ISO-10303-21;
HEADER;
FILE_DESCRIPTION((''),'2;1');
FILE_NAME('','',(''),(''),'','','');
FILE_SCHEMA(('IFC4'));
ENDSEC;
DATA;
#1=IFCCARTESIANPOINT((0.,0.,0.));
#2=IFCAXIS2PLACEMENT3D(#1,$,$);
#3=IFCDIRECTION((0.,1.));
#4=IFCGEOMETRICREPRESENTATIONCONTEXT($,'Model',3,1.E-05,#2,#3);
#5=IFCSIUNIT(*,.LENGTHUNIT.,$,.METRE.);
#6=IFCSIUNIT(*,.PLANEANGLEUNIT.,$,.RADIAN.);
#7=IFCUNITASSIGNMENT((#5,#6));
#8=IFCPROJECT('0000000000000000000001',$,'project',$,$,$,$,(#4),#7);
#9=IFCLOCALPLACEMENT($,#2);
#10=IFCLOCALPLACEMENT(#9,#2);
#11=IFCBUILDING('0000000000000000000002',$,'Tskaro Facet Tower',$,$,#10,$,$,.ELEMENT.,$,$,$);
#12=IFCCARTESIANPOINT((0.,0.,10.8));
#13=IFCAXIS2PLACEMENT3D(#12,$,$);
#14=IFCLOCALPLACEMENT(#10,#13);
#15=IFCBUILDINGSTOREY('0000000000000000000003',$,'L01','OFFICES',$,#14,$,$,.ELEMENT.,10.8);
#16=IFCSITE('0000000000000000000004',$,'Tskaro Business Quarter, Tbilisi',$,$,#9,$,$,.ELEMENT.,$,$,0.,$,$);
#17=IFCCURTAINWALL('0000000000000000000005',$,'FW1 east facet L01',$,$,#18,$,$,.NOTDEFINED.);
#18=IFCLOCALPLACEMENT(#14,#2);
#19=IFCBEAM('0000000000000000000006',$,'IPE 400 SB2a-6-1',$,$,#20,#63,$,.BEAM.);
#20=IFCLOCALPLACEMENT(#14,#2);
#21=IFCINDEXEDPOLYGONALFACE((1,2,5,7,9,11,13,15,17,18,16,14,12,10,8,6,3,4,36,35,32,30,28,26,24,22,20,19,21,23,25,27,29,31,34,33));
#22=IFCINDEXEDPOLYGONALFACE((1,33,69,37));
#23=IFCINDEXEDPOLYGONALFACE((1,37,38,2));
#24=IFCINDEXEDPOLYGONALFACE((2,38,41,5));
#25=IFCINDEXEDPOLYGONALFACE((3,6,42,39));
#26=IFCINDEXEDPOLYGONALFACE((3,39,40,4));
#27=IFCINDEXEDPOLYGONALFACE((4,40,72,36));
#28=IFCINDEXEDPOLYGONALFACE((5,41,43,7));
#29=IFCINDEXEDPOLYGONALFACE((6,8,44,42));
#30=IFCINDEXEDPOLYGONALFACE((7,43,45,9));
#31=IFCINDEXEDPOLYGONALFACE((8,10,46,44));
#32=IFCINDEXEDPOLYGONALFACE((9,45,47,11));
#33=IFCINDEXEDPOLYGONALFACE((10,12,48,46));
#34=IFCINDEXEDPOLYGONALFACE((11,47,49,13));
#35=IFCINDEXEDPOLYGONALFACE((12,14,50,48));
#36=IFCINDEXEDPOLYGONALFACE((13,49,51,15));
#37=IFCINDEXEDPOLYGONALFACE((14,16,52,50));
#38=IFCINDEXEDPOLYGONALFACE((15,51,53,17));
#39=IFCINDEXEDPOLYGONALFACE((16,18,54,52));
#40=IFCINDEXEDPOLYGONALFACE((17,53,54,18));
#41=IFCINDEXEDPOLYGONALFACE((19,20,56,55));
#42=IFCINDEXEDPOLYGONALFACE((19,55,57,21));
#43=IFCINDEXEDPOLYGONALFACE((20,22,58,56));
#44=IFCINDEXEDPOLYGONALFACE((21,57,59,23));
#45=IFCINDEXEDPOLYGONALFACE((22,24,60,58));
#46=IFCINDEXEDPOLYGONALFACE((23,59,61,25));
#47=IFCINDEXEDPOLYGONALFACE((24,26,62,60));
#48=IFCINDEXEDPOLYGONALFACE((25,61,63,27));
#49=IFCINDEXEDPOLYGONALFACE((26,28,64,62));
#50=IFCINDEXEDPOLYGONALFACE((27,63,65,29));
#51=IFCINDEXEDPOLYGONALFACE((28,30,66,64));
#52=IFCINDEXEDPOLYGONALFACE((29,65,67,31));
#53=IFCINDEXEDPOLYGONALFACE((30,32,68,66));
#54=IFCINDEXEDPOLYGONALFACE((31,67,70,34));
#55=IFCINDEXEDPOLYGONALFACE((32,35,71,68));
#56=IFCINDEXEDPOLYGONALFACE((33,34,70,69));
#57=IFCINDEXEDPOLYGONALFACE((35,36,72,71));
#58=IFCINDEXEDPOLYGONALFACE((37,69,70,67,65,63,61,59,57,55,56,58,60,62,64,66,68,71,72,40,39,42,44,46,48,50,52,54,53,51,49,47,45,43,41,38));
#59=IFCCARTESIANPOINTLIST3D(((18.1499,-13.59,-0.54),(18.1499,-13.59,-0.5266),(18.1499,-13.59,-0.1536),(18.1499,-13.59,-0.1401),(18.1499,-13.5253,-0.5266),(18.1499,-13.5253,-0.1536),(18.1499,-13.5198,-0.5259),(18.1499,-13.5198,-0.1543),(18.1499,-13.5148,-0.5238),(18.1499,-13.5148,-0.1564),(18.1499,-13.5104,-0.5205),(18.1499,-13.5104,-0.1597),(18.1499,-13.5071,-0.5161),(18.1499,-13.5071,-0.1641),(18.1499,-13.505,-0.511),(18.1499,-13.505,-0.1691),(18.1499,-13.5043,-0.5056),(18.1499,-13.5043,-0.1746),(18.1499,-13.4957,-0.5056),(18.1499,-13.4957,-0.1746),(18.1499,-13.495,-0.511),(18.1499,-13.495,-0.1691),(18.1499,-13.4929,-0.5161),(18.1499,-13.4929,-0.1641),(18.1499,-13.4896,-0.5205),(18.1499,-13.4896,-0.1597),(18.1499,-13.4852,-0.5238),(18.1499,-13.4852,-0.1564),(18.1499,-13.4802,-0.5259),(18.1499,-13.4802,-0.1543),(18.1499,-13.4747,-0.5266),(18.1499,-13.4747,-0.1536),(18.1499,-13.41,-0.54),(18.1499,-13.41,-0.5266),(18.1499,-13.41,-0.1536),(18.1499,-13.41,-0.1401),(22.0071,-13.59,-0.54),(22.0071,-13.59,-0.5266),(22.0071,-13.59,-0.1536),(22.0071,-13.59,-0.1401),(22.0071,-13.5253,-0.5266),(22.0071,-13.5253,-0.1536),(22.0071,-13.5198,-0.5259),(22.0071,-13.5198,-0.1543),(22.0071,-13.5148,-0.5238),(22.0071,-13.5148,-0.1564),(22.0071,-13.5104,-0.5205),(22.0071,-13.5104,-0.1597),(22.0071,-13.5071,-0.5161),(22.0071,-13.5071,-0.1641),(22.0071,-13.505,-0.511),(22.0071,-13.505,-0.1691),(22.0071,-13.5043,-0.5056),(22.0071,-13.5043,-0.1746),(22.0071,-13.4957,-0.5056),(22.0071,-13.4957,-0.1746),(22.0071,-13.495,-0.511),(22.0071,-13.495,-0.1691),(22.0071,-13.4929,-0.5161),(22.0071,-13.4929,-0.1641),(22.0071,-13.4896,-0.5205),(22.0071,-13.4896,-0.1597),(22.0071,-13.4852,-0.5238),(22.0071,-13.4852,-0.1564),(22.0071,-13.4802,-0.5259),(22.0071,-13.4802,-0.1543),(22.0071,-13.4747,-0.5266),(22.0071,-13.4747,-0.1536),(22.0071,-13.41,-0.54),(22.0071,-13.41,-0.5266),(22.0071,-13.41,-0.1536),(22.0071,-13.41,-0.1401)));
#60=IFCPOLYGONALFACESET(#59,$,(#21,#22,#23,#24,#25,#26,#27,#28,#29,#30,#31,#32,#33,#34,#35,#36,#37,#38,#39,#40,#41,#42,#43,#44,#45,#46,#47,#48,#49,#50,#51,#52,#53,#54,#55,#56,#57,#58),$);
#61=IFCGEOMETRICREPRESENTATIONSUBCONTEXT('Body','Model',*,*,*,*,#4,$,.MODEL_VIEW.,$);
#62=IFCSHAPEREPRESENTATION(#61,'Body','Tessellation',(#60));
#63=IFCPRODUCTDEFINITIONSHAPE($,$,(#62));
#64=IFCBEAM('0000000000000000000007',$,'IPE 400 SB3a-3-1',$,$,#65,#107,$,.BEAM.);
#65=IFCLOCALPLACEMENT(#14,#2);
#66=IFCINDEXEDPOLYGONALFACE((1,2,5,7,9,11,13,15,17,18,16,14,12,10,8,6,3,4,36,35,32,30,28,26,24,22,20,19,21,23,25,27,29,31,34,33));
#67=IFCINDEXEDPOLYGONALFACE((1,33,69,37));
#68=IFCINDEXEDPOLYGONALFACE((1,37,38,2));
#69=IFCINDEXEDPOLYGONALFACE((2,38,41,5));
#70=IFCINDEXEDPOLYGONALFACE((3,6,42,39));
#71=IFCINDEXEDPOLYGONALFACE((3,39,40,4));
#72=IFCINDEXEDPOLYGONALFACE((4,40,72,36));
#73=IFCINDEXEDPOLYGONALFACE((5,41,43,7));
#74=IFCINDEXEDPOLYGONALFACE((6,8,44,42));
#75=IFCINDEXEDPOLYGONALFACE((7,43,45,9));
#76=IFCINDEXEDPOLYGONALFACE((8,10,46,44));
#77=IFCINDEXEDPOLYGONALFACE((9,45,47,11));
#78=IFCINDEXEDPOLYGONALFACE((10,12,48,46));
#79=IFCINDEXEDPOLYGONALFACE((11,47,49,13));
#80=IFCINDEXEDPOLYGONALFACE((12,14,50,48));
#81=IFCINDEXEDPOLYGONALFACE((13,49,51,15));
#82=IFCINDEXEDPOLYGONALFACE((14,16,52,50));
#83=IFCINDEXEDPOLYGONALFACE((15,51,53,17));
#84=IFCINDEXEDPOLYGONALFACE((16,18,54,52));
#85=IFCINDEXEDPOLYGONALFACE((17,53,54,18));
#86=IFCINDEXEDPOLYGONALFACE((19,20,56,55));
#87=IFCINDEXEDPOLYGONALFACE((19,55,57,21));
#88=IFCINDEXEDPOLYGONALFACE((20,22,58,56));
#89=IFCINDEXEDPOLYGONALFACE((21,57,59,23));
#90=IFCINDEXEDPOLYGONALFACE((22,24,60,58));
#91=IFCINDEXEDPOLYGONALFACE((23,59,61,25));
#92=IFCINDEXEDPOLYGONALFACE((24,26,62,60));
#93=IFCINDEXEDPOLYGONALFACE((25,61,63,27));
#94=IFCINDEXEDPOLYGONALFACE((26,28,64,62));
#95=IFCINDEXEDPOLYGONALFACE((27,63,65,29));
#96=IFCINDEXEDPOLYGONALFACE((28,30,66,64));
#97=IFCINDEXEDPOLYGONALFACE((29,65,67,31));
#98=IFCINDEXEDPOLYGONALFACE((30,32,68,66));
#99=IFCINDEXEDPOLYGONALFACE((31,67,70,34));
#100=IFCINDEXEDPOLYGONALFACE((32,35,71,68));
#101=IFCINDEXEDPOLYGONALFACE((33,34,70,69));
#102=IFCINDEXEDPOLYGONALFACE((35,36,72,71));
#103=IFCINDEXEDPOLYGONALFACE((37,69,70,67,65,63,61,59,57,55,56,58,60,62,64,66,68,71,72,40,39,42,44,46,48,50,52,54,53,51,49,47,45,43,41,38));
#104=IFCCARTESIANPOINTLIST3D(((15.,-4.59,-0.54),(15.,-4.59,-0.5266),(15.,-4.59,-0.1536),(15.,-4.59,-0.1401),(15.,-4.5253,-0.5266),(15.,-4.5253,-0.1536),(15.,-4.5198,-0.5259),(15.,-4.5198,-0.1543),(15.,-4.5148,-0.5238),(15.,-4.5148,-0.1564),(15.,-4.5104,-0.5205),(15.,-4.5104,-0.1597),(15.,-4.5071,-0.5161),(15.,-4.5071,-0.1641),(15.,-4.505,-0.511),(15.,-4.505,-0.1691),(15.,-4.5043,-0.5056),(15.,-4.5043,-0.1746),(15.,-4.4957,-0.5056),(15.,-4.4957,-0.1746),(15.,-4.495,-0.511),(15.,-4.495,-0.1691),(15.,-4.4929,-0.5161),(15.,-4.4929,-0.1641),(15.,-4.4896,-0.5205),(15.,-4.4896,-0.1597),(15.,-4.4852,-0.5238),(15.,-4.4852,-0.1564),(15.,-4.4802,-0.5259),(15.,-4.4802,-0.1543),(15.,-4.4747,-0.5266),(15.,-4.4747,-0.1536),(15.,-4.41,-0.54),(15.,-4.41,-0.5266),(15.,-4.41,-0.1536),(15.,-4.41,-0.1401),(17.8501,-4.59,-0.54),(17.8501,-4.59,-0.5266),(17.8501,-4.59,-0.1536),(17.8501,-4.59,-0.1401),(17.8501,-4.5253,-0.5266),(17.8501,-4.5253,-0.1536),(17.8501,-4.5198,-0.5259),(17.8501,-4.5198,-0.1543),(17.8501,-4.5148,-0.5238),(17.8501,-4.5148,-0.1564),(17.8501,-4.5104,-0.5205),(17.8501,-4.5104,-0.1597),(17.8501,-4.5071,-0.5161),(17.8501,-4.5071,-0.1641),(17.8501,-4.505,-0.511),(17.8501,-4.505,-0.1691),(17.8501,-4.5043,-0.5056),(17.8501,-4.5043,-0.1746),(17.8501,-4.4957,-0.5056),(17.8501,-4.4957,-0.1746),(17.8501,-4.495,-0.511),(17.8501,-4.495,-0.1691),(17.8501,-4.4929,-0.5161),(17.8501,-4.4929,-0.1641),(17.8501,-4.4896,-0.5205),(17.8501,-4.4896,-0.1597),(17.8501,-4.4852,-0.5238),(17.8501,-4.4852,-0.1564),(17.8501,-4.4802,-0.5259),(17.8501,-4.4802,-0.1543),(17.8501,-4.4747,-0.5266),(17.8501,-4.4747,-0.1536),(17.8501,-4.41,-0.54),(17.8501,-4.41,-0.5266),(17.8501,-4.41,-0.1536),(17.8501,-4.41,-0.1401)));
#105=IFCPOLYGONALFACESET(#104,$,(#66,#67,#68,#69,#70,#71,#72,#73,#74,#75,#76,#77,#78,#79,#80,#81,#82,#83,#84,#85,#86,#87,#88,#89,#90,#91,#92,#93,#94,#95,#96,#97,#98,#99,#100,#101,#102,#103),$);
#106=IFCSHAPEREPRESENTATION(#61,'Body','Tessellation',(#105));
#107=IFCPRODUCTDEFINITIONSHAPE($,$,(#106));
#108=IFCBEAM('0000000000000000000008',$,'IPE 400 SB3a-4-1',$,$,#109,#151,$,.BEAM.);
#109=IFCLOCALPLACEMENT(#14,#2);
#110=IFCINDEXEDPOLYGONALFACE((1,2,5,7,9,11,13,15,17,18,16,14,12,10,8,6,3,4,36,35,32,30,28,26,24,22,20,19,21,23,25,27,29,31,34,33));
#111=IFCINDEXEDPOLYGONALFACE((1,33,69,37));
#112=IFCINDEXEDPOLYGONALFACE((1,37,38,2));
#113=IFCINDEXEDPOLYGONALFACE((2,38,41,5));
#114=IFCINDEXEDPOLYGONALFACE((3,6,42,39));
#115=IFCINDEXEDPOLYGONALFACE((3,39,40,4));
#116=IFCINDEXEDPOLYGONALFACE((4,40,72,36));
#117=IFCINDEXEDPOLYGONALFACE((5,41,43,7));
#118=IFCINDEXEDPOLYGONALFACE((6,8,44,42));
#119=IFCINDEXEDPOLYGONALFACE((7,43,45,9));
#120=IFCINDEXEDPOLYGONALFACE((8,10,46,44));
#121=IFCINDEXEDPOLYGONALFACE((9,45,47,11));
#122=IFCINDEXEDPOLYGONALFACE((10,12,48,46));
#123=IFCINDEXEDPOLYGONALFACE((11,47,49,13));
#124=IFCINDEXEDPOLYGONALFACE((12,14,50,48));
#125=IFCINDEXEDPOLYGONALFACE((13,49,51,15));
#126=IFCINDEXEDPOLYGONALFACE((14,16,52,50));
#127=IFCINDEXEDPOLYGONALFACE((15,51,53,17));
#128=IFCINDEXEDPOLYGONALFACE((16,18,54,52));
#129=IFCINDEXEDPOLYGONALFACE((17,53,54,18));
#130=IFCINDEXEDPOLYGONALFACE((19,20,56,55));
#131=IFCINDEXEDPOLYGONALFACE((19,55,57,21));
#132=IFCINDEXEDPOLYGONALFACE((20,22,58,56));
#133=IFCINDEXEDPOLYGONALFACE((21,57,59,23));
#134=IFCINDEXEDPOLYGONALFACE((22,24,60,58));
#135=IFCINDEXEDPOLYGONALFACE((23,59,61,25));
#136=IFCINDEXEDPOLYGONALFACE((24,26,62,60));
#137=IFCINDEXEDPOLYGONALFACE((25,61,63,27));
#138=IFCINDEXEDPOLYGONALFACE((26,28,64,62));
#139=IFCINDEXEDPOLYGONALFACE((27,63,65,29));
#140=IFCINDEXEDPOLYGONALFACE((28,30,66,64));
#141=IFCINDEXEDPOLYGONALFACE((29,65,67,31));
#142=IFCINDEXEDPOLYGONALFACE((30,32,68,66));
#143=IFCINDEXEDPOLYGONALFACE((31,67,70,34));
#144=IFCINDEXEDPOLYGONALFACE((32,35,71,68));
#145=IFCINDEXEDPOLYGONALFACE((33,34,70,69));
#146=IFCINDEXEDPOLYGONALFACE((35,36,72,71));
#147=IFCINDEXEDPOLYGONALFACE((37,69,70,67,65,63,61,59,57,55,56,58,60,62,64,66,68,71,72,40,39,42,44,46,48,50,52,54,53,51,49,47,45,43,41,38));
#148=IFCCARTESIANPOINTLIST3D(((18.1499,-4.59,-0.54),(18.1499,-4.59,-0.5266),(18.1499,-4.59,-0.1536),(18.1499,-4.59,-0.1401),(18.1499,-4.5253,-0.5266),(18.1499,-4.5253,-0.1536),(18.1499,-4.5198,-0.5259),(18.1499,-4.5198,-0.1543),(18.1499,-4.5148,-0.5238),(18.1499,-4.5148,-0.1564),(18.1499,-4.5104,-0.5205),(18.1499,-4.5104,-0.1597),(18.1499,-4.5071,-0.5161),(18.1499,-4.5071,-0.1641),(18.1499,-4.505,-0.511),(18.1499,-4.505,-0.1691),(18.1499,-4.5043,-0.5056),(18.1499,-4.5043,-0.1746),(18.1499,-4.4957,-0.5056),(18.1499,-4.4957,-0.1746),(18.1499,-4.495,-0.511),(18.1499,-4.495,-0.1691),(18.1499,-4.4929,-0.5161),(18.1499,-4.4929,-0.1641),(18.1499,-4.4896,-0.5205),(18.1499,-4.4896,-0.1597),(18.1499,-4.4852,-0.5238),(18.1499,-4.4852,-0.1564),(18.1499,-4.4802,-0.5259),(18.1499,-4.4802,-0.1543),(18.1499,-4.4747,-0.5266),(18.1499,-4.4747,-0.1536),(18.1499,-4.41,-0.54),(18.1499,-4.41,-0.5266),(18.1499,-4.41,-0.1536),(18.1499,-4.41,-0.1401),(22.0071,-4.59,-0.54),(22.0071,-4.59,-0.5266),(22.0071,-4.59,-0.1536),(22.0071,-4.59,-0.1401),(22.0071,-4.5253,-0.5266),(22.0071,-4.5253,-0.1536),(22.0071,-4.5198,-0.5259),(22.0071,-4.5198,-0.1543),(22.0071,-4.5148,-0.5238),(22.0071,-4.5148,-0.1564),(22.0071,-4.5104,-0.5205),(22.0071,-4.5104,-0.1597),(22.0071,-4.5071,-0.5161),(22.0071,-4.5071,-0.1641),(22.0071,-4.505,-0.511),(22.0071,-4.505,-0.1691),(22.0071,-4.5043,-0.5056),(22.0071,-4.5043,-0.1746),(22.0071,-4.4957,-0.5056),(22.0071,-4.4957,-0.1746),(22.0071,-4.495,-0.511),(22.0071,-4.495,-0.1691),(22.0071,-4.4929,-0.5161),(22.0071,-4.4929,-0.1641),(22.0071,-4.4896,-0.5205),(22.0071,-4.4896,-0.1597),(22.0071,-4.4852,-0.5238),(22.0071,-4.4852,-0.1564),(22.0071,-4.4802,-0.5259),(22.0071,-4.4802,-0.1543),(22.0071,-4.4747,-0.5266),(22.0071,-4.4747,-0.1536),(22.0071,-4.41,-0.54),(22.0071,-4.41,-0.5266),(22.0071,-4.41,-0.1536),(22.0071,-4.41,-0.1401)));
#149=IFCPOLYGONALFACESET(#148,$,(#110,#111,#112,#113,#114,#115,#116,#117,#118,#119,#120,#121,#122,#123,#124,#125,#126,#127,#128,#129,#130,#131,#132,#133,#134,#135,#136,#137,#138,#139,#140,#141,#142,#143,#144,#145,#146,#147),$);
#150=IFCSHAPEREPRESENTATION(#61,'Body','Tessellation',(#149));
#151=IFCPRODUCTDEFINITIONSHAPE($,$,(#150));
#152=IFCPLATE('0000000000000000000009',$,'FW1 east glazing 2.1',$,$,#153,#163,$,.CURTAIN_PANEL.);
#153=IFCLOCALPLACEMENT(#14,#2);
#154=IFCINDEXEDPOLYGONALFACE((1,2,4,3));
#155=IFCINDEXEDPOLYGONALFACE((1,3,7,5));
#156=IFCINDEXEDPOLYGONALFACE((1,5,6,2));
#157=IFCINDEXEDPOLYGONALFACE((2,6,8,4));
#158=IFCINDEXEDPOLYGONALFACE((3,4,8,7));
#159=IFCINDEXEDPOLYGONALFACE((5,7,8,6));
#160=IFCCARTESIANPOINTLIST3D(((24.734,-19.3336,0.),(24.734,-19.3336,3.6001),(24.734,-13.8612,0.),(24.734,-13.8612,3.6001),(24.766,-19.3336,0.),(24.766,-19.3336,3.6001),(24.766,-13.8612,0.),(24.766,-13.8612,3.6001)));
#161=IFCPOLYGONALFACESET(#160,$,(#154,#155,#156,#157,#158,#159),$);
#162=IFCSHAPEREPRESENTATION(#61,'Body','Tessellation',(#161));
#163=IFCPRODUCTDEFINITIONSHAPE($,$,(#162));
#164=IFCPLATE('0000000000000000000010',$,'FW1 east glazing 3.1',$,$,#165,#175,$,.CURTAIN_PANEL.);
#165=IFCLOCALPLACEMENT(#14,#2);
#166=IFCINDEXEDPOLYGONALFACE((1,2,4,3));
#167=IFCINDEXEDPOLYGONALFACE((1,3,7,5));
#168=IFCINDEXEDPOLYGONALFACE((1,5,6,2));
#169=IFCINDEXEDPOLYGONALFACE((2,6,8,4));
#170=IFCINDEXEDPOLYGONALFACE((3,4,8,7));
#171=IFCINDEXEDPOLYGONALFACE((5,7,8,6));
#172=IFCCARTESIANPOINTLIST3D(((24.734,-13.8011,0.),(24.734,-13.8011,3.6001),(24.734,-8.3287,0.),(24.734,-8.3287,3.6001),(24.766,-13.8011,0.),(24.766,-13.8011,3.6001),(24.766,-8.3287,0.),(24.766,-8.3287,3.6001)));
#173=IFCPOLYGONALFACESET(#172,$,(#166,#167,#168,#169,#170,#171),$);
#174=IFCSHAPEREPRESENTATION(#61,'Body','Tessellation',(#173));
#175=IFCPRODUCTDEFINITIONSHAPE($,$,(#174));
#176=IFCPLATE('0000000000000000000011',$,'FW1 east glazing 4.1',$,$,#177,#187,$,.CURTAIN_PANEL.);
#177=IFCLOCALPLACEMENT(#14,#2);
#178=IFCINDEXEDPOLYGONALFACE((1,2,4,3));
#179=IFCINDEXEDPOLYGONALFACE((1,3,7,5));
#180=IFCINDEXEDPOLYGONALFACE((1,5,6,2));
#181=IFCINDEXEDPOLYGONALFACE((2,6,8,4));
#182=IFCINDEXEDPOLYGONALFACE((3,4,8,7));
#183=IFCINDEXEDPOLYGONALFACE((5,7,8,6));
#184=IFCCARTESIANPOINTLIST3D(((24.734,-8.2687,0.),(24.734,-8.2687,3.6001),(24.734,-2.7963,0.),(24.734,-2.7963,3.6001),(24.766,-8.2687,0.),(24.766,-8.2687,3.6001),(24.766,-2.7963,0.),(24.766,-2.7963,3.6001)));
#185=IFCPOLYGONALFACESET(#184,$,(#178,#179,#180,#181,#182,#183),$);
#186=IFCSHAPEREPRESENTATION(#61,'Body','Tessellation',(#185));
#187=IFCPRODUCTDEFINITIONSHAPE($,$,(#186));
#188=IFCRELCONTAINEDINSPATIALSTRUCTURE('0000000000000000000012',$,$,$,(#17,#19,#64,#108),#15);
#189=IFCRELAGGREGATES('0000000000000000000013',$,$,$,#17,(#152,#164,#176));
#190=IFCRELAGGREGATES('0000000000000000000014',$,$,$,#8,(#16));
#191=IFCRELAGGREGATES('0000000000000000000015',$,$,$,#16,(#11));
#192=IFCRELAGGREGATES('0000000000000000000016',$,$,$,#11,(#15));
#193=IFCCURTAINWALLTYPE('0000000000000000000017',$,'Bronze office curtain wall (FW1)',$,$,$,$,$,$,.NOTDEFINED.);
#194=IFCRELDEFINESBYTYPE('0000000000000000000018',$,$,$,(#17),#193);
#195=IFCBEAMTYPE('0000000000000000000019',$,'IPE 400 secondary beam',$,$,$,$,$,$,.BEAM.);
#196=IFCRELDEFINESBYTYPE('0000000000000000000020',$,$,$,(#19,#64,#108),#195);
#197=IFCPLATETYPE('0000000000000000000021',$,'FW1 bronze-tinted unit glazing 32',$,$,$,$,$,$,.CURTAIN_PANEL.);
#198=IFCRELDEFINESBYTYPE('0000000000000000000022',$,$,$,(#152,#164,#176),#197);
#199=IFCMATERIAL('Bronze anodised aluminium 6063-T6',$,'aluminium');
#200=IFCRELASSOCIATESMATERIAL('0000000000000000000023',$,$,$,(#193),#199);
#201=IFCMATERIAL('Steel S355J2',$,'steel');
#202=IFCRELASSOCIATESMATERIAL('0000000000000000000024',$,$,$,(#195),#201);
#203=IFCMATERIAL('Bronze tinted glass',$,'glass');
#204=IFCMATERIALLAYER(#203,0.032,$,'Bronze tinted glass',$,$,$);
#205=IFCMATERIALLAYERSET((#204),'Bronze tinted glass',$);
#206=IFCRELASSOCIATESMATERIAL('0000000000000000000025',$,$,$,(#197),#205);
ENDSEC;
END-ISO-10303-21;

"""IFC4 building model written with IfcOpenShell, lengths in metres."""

from ifc_helpers import new_model, si_unit, direction, frame, origin, origin_2d, place, context, subcontext, project, spatial, rectangle, i_section, extrude, material, layer, layer_set, material_profile, profile_set, type_object, element, aggregate, save


model = new_model("IFC4")

# Units and contexts
model_context = context("Model", 3, precision=1e-05, world=origin(), true_north=direction((0.0, 1.0)))
body_context = subcontext(model_context, "Body", "Model", "MODEL_VIEW")
ifc_project = project(units=[si_unit("LENGTHUNIT", "METRE"), si_unit("PLANEANGLEUNIT", "RADIAN")], contexts=[model_context])

# Site, building, storey
site_placement = place(None, origin())
site = spatial("IfcSite", under=ifc_project, at=site_placement, Name="Tskaro Business Quarter, Tbilisi", CompositionType="ELEMENT", RefElevation=0.0)
building_placement = place(site_placement, origin())
building = spatial("IfcBuilding", under=site, at=building_placement, Name="Tskaro Facet Tower", CompositionType="ELEMENT")
storey_placement = place(building_placement, frame((0.0, 0.0, 10.8)))
storey = spatial("IfcBuildingStorey", under=building, at=storey_placement, Name="L01", Description="OFFICES", CompositionType="ELEMENT", Elevation=10.8)

# Curtain wall
ifc_material_1 = material(Name="Bronze anodised aluminium 6063-T6", Category="aluminium")
curtain_wall_type = type_object("IfcCurtainWallType", Name="Bronze office curtain wall (FW1)", PredefinedType="NOTDEFINED", material=ifc_material_1)
curtain_wall_placement = place(storey_placement, origin())
curtain_wall = element("IfcCurtainWall", 1, at=curtain_wall_placement, inside=storey, type_object=curtain_wall_type, Name="FW1 east facet L01", PredefinedType="NOTDEFINED")

# Beams
ifc_material_2 = material(Name="Steel S355J2", Category="steel")
ifc_material_profile_1 = material_profile(ifc_material_2, i_section(OverallWidth=0.1799, OverallDepth=0.3999, WebThickness=0.0085, FlangeThickness=0.0134, FilletRadius=0.021, at=origin_2d()), Name="IPE 400")
ifc_profile_set_1 = profile_set([ifc_material_profile_1], Name="Steel S355J2")
beam_type_1 = type_object("IfcBeamType", Name="IPE 400 secondary beam", PredefinedType="BEAM", material=ifc_profile_set_1)
beam_1_placement = place(storey_placement, frame((18.1499, -13.5, -0.3401), z_axis=(1.0, 0.0, 0.0), x_axis=(0.0, 1.0, 0.0)))
element("IfcBeam", 2, at=beam_1_placement, inside=storey, type_object=beam_type_1, Name="IPE 400 SB2a-6-1", PredefinedType="BEAM", context=body_context, shape_type="SweptSolid", body=[
    extrude(i_section(OverallWidth=0.1799, OverallDepth=0.3999, WebThickness=0.0085, FlangeThickness=0.0134, FilletRadius=0.021, at=origin_2d()), origin(), (0.0, 0.0, 1.0), 3.8572),
])
beam_2_placement = place(storey_placement, frame((15.0, -4.5, -0.3401), z_axis=(1.0, 0.0, 0.0), x_axis=(0.0, 1.0, 0.0)))
element("IfcBeam", 3, at=beam_2_placement, inside=storey, type_object=beam_type_1, Name="IPE 400 SB3a-3-1", PredefinedType="BEAM", context=body_context, shape_type="SweptSolid", body=[
    extrude(i_section(OverallWidth=0.1799, OverallDepth=0.3999, WebThickness=0.0085, FlangeThickness=0.0134, FilletRadius=0.021, at=origin_2d()), origin(), (0.0, 0.0, 1.0), 2.8501),
])
beam_3_placement = place(storey_placement, frame((18.1499, -4.5, -0.3401), z_axis=(1.0, 0.0, 0.0), x_axis=(0.0, 1.0, 0.0)))
element("IfcBeam", 4, at=beam_3_placement, inside=storey, type_object=beam_type_1, Name="IPE 400 SB3a-4-1", PredefinedType="BEAM", context=body_context, shape_type="SweptSolid", body=[
    extrude(i_section(OverallWidth=0.1799, OverallDepth=0.3999, WebThickness=0.0085, FlangeThickness=0.0134, FilletRadius=0.021, at=origin_2d()), origin(), (0.0, 0.0, 1.0), 3.8572),
])

# Plates
ifc_material_3 = material(Name="Bronze tinted glass", Category="glass")
ifc_layer_1 = layer(ifc_material_3, 0.032, Name="Bronze tinted glass")
ifc_layer_set_1 = layer_set([ifc_layer_1], Name="Bronze tinted glass")
plate_type = type_object("IfcPlateType", Name="FW1 bronze-tinted unit glazing 32", PredefinedType="CURTAIN_PANEL", material=ifc_layer_set_1)
plate_1_placement = place(storey_placement, frame((24.75, -16.5974, 0.0), z_axis=(0.0, 0.0, 1.0), x_axis=(0.0, 1.0, 0.0)))
plate_1 = element("IfcPlate", 5, at=plate_1_placement, type_object=plate_type, Name="FW1 east glazing 2.1", PredefinedType="CURTAIN_PANEL", context=body_context, shape_type="SweptSolid", body=[
    extrude(rectangle(XDim=5.4724, YDim=0.032, at=origin_2d()), origin(), (0.0, 0.0, 1.0), 3.6001),
])
plate_2_placement = place(storey_placement, frame((24.75, -11.0649, 0.0), z_axis=(0.0, 0.0, 1.0), x_axis=(0.0, 1.0, 0.0)))
plate_2 = element("IfcPlate", 6, at=plate_2_placement, type_object=plate_type, Name="FW1 east glazing 3.1", PredefinedType="CURTAIN_PANEL", context=body_context, shape_type="SweptSolid", body=[
    extrude(rectangle(XDim=5.4724, YDim=0.032, at=origin_2d()), origin(), (0.0, 0.0, 1.0), 3.6001),
])
plate_3_placement = place(storey_placement, frame((24.75, -5.5325, 0.0), z_axis=(0.0, 0.0, 1.0), x_axis=(0.0, 1.0, 0.0)))
plate_3 = element("IfcPlate", 7, at=plate_3_placement, type_object=plate_type, Name="FW1 east glazing 4.1", PredefinedType="CURTAIN_PANEL", context=body_context, shape_type="SweptSolid", body=[
    extrude(rectangle(XDim=5.4724, YDim=0.032, at=origin_2d()), origin(), (0.0, 0.0, 1.0), 3.6001),
])
aggregate(curtain_wall, [plate_1, plate_2, plate_3])

save(model, "model.ifc")
